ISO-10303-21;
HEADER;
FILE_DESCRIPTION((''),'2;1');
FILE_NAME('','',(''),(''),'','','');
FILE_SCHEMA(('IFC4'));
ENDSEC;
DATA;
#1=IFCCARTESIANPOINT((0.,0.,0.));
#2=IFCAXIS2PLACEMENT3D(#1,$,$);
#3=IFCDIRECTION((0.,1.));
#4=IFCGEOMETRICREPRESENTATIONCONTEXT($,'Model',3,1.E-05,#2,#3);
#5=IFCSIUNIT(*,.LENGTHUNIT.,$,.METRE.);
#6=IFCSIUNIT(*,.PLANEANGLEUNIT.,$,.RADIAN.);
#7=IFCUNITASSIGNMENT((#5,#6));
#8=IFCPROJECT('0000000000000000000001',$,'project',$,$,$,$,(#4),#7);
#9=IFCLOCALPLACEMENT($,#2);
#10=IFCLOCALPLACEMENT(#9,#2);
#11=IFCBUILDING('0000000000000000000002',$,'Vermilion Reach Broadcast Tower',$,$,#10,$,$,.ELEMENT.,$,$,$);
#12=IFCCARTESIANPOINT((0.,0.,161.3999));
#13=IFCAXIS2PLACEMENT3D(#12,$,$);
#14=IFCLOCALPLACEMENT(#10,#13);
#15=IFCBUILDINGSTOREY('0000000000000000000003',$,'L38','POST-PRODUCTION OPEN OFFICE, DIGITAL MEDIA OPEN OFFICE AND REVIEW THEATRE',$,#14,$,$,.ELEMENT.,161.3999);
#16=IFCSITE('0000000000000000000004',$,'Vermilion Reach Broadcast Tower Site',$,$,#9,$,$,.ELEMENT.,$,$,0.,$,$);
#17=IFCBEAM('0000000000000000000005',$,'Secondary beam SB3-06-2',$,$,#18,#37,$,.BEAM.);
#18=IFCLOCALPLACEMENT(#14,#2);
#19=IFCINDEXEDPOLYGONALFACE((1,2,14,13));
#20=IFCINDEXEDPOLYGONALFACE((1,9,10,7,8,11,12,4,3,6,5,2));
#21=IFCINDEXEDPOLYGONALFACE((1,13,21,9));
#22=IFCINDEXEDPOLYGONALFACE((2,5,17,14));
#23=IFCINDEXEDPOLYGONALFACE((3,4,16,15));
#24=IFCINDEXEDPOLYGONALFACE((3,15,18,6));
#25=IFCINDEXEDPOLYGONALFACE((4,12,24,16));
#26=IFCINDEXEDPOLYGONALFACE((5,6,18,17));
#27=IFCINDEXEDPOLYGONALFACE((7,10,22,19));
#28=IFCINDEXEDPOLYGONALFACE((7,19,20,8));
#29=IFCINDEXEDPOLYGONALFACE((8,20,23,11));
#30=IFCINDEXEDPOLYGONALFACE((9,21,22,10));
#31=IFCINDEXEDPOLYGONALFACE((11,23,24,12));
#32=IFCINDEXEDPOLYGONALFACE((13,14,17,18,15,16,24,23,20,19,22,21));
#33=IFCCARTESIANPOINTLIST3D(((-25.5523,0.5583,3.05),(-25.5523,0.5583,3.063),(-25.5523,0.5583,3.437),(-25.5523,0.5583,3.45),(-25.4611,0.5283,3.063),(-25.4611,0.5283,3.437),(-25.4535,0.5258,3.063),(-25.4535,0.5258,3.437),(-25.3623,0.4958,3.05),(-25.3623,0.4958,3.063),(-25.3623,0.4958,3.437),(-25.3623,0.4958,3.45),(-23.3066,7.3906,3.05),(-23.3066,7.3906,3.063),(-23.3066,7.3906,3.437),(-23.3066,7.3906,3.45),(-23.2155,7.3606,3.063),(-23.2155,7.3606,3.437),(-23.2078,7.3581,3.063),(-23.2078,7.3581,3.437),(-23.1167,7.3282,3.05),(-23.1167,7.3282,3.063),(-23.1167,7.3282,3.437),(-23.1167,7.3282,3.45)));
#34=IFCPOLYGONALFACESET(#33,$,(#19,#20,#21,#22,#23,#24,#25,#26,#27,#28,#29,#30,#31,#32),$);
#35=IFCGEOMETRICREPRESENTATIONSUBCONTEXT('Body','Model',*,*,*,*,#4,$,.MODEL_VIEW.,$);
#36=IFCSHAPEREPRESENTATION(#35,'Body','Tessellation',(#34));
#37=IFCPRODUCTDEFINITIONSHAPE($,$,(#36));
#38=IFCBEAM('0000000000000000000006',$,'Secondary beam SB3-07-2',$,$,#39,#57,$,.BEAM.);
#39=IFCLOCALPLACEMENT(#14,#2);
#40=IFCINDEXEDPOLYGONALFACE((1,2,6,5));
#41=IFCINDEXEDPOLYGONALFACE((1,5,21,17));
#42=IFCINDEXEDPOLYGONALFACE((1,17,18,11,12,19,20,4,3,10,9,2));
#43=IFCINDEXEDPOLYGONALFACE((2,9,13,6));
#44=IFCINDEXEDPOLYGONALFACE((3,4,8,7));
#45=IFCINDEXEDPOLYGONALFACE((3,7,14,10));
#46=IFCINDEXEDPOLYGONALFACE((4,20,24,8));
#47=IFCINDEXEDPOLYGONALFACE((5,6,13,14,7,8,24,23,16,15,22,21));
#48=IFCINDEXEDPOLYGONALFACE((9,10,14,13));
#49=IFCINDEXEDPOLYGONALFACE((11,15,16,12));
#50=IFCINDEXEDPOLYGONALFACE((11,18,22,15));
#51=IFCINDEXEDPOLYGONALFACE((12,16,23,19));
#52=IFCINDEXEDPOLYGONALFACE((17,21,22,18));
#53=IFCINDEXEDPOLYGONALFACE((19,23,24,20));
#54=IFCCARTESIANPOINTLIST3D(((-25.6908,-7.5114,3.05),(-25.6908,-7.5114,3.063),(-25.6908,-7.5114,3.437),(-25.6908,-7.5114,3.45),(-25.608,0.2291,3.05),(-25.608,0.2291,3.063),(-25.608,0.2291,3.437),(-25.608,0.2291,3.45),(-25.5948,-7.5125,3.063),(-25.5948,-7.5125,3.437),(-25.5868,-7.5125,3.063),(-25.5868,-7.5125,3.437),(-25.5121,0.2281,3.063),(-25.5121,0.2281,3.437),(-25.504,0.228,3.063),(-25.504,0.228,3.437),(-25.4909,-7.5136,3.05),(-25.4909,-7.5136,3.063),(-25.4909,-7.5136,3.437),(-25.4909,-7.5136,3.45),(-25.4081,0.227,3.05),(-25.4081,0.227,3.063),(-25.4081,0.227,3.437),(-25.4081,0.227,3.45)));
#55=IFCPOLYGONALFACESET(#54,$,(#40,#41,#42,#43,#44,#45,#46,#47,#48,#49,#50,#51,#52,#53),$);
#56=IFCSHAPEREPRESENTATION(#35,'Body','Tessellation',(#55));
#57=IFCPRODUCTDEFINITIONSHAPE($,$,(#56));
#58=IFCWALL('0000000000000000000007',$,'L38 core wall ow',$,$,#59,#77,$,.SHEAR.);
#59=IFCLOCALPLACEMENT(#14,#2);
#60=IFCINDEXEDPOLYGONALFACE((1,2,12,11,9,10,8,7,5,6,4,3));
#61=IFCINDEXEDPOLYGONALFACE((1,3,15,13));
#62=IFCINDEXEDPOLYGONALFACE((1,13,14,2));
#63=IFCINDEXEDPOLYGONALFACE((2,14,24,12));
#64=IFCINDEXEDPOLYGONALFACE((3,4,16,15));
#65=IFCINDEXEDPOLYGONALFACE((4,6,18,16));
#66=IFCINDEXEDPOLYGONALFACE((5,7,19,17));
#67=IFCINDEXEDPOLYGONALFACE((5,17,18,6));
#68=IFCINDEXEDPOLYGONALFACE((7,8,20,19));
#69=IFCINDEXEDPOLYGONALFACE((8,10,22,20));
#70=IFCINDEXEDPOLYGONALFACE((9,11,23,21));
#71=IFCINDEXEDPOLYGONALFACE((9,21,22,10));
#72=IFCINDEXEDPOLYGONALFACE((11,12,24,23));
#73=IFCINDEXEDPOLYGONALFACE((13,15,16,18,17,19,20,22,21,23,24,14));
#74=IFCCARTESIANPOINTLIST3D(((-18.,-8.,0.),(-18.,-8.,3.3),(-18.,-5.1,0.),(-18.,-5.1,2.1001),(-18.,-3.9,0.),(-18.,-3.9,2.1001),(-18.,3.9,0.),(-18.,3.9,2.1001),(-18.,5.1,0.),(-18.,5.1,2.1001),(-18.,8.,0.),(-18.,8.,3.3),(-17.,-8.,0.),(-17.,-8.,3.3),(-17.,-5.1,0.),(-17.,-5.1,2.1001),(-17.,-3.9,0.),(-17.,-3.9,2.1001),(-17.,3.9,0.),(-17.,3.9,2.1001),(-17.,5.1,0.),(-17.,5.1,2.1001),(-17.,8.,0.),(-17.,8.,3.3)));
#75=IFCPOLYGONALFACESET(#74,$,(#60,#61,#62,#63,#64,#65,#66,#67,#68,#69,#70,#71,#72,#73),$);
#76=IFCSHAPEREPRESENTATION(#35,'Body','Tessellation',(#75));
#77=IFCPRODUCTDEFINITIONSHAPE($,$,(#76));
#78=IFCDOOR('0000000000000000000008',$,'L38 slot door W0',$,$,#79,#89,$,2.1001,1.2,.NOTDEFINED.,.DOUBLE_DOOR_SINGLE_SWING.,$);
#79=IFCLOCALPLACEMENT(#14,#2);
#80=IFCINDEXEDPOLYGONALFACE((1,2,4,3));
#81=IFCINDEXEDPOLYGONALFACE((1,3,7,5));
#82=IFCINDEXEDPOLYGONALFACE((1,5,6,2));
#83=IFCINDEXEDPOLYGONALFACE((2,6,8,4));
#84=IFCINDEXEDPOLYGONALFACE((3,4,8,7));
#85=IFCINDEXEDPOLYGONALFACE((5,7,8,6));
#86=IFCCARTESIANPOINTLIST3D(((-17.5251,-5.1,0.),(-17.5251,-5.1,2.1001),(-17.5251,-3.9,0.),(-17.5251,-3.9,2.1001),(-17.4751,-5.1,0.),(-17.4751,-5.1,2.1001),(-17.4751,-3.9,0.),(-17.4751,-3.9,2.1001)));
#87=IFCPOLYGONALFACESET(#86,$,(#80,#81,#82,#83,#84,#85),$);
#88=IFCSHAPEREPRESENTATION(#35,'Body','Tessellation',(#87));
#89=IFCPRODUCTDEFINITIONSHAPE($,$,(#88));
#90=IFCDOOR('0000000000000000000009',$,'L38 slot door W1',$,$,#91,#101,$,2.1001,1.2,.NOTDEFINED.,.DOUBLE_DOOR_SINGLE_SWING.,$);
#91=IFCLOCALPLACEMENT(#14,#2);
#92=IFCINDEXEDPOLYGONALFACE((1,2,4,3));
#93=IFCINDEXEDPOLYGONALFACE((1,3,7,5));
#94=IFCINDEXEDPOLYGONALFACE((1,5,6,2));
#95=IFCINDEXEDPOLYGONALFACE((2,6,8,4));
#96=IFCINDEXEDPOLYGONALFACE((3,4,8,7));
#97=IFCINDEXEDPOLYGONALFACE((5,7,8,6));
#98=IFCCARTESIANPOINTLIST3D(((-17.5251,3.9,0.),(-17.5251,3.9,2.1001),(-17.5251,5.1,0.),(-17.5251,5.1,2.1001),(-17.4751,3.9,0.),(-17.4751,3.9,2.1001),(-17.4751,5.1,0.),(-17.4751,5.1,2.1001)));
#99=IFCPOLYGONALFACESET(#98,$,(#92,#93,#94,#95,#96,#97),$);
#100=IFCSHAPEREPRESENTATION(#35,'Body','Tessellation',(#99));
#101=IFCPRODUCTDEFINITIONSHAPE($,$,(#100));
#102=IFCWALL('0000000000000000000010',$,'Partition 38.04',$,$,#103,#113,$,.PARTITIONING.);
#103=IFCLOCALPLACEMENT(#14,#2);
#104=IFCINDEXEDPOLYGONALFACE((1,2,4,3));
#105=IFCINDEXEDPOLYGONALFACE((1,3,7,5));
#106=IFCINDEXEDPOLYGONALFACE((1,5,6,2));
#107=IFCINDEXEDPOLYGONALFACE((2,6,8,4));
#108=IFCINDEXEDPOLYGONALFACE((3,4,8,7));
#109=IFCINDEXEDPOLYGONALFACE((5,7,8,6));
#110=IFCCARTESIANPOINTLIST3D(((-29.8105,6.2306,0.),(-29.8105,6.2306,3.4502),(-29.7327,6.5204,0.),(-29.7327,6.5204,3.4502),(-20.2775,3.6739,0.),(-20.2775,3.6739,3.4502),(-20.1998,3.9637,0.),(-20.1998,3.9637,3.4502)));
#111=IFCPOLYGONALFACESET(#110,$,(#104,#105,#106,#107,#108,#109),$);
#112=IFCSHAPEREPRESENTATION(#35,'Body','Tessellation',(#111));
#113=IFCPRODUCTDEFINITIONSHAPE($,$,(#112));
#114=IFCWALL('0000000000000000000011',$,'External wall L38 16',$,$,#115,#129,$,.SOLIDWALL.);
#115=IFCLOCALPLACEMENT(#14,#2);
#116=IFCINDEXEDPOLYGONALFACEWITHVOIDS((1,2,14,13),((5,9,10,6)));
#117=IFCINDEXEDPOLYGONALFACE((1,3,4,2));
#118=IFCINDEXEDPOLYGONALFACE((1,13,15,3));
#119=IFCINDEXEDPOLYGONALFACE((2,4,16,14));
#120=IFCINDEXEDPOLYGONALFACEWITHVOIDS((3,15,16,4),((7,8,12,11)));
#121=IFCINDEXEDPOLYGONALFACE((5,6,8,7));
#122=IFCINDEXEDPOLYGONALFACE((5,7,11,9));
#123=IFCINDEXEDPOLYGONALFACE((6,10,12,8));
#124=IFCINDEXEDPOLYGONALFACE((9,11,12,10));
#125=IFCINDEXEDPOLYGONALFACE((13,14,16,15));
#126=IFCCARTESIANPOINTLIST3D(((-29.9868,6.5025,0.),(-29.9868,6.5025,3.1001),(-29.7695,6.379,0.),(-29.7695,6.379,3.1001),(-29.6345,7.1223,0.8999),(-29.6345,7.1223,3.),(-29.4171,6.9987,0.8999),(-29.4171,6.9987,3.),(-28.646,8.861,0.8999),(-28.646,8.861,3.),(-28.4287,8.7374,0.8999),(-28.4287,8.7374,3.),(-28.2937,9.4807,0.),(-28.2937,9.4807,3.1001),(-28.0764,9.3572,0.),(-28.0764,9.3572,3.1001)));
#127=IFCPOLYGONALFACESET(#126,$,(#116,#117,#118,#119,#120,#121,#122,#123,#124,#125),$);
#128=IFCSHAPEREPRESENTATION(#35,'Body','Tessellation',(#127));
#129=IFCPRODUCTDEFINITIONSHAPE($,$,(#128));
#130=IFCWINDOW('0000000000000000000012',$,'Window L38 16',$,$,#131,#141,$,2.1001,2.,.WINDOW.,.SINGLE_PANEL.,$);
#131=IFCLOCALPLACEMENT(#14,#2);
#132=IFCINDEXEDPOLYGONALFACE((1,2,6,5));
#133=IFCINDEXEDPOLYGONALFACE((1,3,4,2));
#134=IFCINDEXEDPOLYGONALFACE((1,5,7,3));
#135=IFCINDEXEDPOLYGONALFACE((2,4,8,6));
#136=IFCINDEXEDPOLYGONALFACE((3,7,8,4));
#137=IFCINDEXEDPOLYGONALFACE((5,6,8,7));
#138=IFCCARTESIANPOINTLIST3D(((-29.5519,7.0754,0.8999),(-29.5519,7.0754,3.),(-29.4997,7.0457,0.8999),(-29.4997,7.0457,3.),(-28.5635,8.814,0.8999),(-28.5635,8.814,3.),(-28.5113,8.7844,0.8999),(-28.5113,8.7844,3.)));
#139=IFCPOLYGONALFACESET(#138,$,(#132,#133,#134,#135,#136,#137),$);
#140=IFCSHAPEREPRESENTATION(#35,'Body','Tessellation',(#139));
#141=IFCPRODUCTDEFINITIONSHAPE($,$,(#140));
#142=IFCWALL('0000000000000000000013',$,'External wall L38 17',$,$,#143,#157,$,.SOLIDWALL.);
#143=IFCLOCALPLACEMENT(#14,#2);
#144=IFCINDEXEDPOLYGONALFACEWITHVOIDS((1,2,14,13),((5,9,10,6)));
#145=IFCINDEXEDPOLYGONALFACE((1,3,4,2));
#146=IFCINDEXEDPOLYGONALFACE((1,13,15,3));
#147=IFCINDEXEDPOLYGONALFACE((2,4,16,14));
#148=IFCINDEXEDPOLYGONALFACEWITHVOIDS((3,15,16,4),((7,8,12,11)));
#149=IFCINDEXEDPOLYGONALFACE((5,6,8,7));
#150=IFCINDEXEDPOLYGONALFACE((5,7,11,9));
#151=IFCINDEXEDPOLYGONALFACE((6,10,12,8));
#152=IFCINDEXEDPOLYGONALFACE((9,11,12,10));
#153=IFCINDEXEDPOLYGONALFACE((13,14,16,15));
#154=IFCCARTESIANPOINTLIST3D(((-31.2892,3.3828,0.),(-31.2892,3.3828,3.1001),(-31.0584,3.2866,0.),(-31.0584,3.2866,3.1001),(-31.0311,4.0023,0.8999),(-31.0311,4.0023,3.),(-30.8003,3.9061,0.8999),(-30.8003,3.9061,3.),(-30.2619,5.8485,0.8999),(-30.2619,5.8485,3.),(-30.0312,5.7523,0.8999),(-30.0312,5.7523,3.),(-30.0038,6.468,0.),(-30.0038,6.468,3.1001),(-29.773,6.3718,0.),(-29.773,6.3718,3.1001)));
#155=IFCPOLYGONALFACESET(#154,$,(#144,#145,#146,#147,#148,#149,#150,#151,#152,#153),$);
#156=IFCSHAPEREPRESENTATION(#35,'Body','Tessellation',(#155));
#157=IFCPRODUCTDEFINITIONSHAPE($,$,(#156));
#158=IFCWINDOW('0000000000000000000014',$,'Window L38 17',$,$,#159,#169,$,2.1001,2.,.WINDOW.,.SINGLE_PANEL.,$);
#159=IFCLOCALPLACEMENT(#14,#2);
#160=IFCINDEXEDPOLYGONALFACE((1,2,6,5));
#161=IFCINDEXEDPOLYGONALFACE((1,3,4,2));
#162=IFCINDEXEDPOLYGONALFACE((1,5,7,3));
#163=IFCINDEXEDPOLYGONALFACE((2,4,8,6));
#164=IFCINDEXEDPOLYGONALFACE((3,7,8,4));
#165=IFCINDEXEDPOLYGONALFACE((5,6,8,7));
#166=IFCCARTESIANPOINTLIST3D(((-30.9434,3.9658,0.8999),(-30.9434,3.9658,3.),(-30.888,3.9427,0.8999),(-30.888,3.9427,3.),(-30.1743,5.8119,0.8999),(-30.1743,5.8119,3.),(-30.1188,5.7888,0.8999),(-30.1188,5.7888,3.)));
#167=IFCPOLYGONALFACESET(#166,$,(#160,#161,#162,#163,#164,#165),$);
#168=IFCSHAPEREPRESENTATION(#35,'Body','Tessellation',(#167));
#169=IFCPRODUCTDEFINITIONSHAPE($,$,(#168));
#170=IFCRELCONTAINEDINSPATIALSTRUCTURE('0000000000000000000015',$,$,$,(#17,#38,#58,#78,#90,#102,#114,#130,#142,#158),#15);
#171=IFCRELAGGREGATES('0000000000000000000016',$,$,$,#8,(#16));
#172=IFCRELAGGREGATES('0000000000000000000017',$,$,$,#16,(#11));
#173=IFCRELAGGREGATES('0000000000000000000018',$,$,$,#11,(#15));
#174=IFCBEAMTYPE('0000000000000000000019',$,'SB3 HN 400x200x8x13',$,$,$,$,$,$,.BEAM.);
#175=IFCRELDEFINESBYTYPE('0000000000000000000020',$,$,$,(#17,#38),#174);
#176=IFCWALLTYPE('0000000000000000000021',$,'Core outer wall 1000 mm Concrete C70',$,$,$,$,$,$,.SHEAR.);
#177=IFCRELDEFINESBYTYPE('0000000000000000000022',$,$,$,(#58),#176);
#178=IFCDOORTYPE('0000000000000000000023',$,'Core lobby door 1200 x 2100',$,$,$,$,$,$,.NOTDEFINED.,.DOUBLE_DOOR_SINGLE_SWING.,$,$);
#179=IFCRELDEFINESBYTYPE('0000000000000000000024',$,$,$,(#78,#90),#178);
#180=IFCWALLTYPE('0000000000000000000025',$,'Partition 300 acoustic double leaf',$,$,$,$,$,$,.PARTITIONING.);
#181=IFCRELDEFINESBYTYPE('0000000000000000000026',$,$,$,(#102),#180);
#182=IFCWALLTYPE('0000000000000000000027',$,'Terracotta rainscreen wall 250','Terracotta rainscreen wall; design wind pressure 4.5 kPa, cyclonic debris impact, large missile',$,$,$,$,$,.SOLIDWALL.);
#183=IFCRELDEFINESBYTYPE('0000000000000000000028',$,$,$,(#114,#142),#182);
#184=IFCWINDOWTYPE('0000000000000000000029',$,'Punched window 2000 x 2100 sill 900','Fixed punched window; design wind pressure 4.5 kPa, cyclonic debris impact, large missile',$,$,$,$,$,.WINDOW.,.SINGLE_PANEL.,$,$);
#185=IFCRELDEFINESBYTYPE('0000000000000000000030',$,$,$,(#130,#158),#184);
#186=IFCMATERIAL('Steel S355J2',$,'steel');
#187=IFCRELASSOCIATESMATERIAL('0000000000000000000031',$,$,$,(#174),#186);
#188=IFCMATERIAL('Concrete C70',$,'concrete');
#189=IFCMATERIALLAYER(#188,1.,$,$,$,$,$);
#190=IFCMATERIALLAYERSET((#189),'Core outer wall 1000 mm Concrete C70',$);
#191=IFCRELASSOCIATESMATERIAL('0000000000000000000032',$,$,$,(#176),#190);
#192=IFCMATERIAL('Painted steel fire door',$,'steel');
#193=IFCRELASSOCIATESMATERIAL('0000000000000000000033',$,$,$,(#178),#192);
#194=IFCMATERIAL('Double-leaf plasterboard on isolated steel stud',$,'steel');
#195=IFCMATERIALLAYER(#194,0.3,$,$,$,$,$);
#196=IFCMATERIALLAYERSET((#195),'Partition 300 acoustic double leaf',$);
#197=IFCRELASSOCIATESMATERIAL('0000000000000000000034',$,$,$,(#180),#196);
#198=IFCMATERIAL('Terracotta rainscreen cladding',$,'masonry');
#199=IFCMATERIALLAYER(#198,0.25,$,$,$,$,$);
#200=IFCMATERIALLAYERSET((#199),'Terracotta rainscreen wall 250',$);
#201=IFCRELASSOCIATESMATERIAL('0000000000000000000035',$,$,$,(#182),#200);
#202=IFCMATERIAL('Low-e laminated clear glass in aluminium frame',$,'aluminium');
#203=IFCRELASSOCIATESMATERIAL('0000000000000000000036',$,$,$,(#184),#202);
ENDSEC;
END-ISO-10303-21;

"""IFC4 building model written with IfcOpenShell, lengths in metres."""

from ifc_helpers import new_model, si_unit, direction, frame, frame_2d, origin, origin_2d, place, context, subcontext, project, spatial, rectangle, i_section, extrude, material, layer, layer_set, material_profile, profile_set, type_object, element, fill, save


model = new_model("IFC4")

# Units and contexts
model_context = context("Model", 3, precision=1e-05, world=origin(), true_north=direction((0.0, 1.0)))
body_context = subcontext(model_context, "Body", "Model", "MODEL_VIEW")
ifc_project = project(units=[si_unit("LENGTHUNIT", "METRE"), si_unit("PLANEANGLEUNIT", "RADIAN")], contexts=[model_context])

# Site, building, storey
site_placement = place(None, origin())
site = spatial("IfcSite", under=ifc_project, at=site_placement, Name="Vermilion Reach Broadcast Tower Site", CompositionType="ELEMENT", RefElevation=0.0)
building_placement = place(site_placement, origin())
building = spatial("IfcBuilding", under=site, at=building_placement, Name="Vermilion Reach Broadcast Tower", CompositionType="ELEMENT")
storey_placement = place(building_placement, frame((0.0, 0.0, 161.3999)))
storey = spatial("IfcBuildingStorey", under=building, at=storey_placement, Name="L38", Description="POST-PRODUCTION OPEN OFFICE, DIGITAL MEDIA OPEN OFFICE AND REVIEW THEATRE", CompositionType="ELEMENT", Elevation=161.3999)

# Beams
ifc_material_1 = material(Name="Steel S355J2", Category="steel")
ifc_material_profile_1 = material_profile(ifc_material_1, i_section(OverallWidth=0.2, OverallDepth=0.3999, WebThickness=0.0081, FlangeThickness=0.0129, at=origin_2d()), Name="S355J2 HN 400x200x8x13")
ifc_profile_set_1 = profile_set([ifc_material_profile_1], Name="Steel S355J2")
beam_type_1 = type_object("IfcBeamType", Name="SB3 HN 400x200x8x13", PredefinedType="BEAM", material=ifc_profile_set_1)
beam_1_placement = place(storey_placement, frame((-23.2117, 7.3594, 3.25), z_axis=(-0.312243, -0.950002, 0.0), x_axis=(0.950002, -0.312243, 0.0)))
element("IfcBeam", 1, at=beam_1_placement, inside=storey, type_object=beam_type_1, Name="Secondary beam SB3-06-2", PredefinedType="BEAM", context=body_context, shape_type="SweptSolid", body=[
    extrude(i_section(OverallWidth=0.2, OverallDepth=0.3999, WebThickness=0.0081, FlangeThickness=0.0129, at=origin_2d()), origin(), (0.0, 0.0, 1.0), 7.1919),
])
beam_2_placement = place(storey_placement, frame((-25.5081, 0.228, 3.25), z_axis=(-0.010692, -0.999943, 0.0), x_axis=(0.999943, -0.010692, 0.0)))
element("IfcBeam", 2, at=beam_2_placement, inside=storey, type_object=beam_type_1, Name="Secondary beam SB3-07-2", PredefinedType="BEAM", context=body_context, shape_type="SweptSolid", body=[
    extrude(i_section(OverallWidth=0.2, OverallDepth=0.3999, WebThickness=0.0081, FlangeThickness=0.0129, at=origin_2d()), origin(), (0.0, 0.0, 1.0), 7.741),
])

# Wall, openings, doors
ifc_material_2 = material(Name="Concrete C70", Category="concrete")
ifc_layer_1 = layer(ifc_material_2, 1.0)
ifc_layer_set_1 = layer_set([ifc_layer_1], Name="Core outer wall 1000 mm Concrete C70")
wall_type_1 = type_object("IfcWallType", Name="Core outer wall 1000 mm Concrete C70", PredefinedType="SHEAR", material=ifc_layer_set_1)
wall_1_placement = place(storey_placement, frame((-17.5, 8.0, 0.0), z_axis=(0.0, 0.0, 1.0), x_axis=(0.0, -1.0, 0.0)))
wall_1 = element("IfcWall", 3, at=wall_1_placement, inside=storey, type_object=wall_type_1, Name="L38 core wall ow", PredefinedType="SHEAR", context=body_context, shape_type="SweptSolid", body=[
    extrude(rectangle(XDim=16.0, YDim=1.0, at=frame_2d((8.0, 0.0))), origin(), (0.0, 0.0, 1.0), 3.3),
])
opening_1_placement = place(wall_1_placement, frame((11.8999, 0.0, 0.0)))
opening_1 = element("IfcOpeningElement", 4, at=opening_1_placement, cuts=wall_1, PredefinedType="OPENING", context=body_context, shape_type="SweptSolid", body=[
    extrude(rectangle(XDim=1.2, YDim=2.1001, at=frame_2d((0.6001, 1.05))), frame((0.0, 0.51, 0.0), z_axis=(0.0, -1.0, 0.0), x_axis=(1.0, 0.0, 0.0)), (0.0, 0.0, 1.0), 1.02),
])
opening_2_placement = place(wall_1_placement, frame((2.8999, 0.0, 0.0)))
opening_2 = element("IfcOpeningElement", 5, at=opening_2_placement, cuts=wall_1, PredefinedType="OPENING", context=body_context, shape_type="SweptSolid", body=[
    extrude(rectangle(XDim=1.2, YDim=2.1001, at=frame_2d((0.6001, 1.05))), frame((0.0, 0.51, 0.0), z_axis=(0.0, -1.0, 0.0), x_axis=(1.0, 0.0, 0.0)), (0.0, 0.0, 1.0), 1.02),
])
ifc_material_3 = material(Name="Painted steel fire door", Category="steel")
door_type = type_object("IfcDoorType", Name="Core lobby door 1200 x 2100", OperationType="DOUBLE_DOOR_SINGLE_SWING", PredefinedType="NOTDEFINED", material=ifc_material_3)
door_1_placement = place(opening_1_placement, origin())
door_1 = element("IfcDoor", 6, at=door_1_placement, inside=storey, type_object=door_type, Name="L38 slot door W0", OperationType="DOUBLE_DOOR_SINGLE_SWING", OverallHeight=2.1001, OverallWidth=1.2, PredefinedType="NOTDEFINED", context=body_context, shape_type="SweptSolid", body=[
    extrude(rectangle(XDim=1.2, YDim=2.1001, at=frame_2d((0.6001, 1.05))), frame((0.0, 0.0249, 0.0), z_axis=(0.0, -1.0, 0.0), x_axis=(1.0, 0.0, 0.0)), (0.0, 0.0, 1.0), 0.05),
])
fill(opening_1, door_1)
door_2_placement = place(opening_2_placement, origin())
door_2 = element("IfcDoor", 7, at=door_2_placement, inside=storey, type_object=door_type, Name="L38 slot door W1", OperationType="DOUBLE_DOOR_SINGLE_SWING", OverallHeight=2.1001, OverallWidth=1.2, PredefinedType="NOTDEFINED", context=body_context, shape_type="SweptSolid", body=[
    extrude(rectangle(XDim=1.2, YDim=2.1001, at=frame_2d((0.6001, 1.05))), frame((0.0, 0.0249, 0.0), z_axis=(0.0, -1.0, 0.0), x_axis=(1.0, 0.0, 0.0)), (0.0, 0.0, 1.0), 0.05),
])
fill(opening_2, door_2)

# Wall
ifc_material_4 = material(Name="Double-leaf plasterboard on isolated steel stud", Category="steel")
ifc_layer_2 = layer(ifc_material_4, 0.3)
ifc_layer_set_2 = layer_set([ifc_layer_2], Name="Partition 300 acoustic double leaf")
wall_type_2 = type_object("IfcWallType", Name="Partition 300 acoustic double leaf", PredefinedType="PARTITIONING", material=ifc_layer_set_2)
wall_2_placement = place(storey_placement, frame((-29.7717, 6.3755, 0.0), z_axis=(0.0, 0.0, 1.0), x_axis=(0.965868, -0.259036, 0.0)))
element("IfcWall", 8, at=wall_2_placement, inside=storey, type_object=wall_type_2, Name="Partition 38.04", PredefinedType="PARTITIONING", context=body_context, shape_type="SweptSolid", body=[
    extrude(rectangle(XDim=9.8699, YDim=0.3, at=frame_2d((4.9351, 0.0))), origin(), (0.0, 0.0, 1.0), 3.4502),
])

# Walls, openings, windows
ifc_material_5 = material(Name="Terracotta rainscreen cladding", Category="masonry")
ifc_layer_3 = layer(ifc_material_5, 0.25)
ifc_layer_set_3 = layer_set([ifc_layer_3], Name="Terracotta rainscreen wall 250")
wall_type_3 = type_object("IfcWallType", Name="Terracotta rainscreen wall 250", Description="Terracotta rainscreen wall; design wind pressure 4.5 kPa, cyclonic debris impact, large missile", PredefinedType="SOLIDWALL", material=ifc_layer_set_3)
wall_3_placement = place(storey_placement, frame((-28.1851, 9.4189, 0.0), z_axis=(0.0, 0.0, 1.0), x_axis=(-0.494211, -0.869342, 0.0)))
wall_3 = element("IfcWall", 9, at=wall_3_placement, inside=storey, type_object=wall_type_3, Name="External wall L38 16", PredefinedType="SOLIDWALL", context=body_context, shape_type="SweptSolid", body=[
    extrude(rectangle(XDim=3.4258, YDim=0.25, at=frame_2d((1.7129, 0.0))), origin(), (0.0, 0.0, 1.0), 3.1001),
])
opening_3_placement = place(wall_3_placement, frame((0.7129, 0.0, 0.8999)))
opening_3 = element("IfcOpeningElement", 10, at=opening_3_placement, cuts=wall_3, PredefinedType="OPENING", context=body_context, shape_type="SweptSolid", body=[
    extrude(rectangle(XDim=2.0, YDim=2.1001, at=frame_2d((1.0, 1.05))), frame((0.0, 0.135, 0.0), z_axis=(0.0, -1.0, 0.0), x_axis=(1.0, 0.0, 0.0)), (0.0, 0.0, 1.0), 0.27),
])
ifc_material_6 = material(Name="Low-e laminated clear glass in aluminium frame", Category="aluminium")
window_type = type_object("IfcWindowType", Name="Punched window 2000 x 2100 sill 900", Description="Fixed punched window; design wind pressure 4.5 kPa, cyclonic debris impact, large missile", PartitioningType="SINGLE_PANEL", PredefinedType="WINDOW", material=ifc_material_6)
window_1_placement = place(opening_3_placement, origin())
window_1 = element("IfcWindow", 11, at=window_1_placement, inside=storey, type_object=window_type, Name="Window L38 16", OverallHeight=2.1001, OverallWidth=2.0, PartitioningType="SINGLE_PANEL", PredefinedType="WINDOW", context=body_context, shape_type="SweptSolid", body=[
    extrude(rectangle(XDim=2.0, YDim=2.1001, at=frame_2d((1.0, 1.05))), frame((0.0, 0.03, 0.0), z_axis=(0.0, -1.0, 0.0), x_axis=(1.0, 0.0, 0.0)), (0.0, 0.0, 1.0), 0.0601),
])
fill(opening_3, window_1)
wall_4_placement = place(storey_placement, frame((-29.8884, 6.4199, 0.0), z_axis=(0.0, 0.0, 1.0), x_axis=(-0.384589, -0.923088, 0.0)))
wall_4 = element("IfcWall", 12, at=wall_4_placement, inside=storey, type_object=wall_type_3, Name="External wall L38 17", PredefinedType="SOLIDWALL", context=body_context, shape_type="SweptSolid", body=[
    extrude(rectangle(XDim=3.3423, YDim=0.25, at=frame_2d((1.6711, 0.0))), origin(), (0.0, 0.0, 1.0), 3.1001),
])
opening_4_placement = place(wall_4_placement, frame((0.6711, 0.0, 0.8999)))
opening_4 = element("IfcOpeningElement", 13, at=opening_4_placement, cuts=wall_4, PredefinedType="OPENING", context=body_context, shape_type="SweptSolid", body=[
    extrude(rectangle(XDim=2.0, YDim=2.1001, at=frame_2d((1.0, 1.05))), frame((0.0, 0.135, 0.0), z_axis=(0.0, -1.0, 0.0), x_axis=(1.0, 0.0, 0.0)), (0.0, 0.0, 1.0), 0.27),
])
window_2_placement = place(opening_4_placement, origin())
window_2 = element("IfcWindow", 14, at=window_2_placement, inside=storey, type_object=window_type, Name="Window L38 17", OverallHeight=2.1001, OverallWidth=2.0, PartitioningType="SINGLE_PANEL", PredefinedType="WINDOW", context=body_context, shape_type="SweptSolid", body=[
    extrude(rectangle(XDim=2.0, YDim=2.1001, at=frame_2d((1.0, 1.05))), frame((0.0, 0.03, 0.0), z_axis=(0.0, -1.0, 0.0), x_axis=(1.0, 0.0, 0.0)), (0.0, 0.0, 1.0), 0.0601),
])
fill(opening_4, window_2)

save(model, "model.ifc")
